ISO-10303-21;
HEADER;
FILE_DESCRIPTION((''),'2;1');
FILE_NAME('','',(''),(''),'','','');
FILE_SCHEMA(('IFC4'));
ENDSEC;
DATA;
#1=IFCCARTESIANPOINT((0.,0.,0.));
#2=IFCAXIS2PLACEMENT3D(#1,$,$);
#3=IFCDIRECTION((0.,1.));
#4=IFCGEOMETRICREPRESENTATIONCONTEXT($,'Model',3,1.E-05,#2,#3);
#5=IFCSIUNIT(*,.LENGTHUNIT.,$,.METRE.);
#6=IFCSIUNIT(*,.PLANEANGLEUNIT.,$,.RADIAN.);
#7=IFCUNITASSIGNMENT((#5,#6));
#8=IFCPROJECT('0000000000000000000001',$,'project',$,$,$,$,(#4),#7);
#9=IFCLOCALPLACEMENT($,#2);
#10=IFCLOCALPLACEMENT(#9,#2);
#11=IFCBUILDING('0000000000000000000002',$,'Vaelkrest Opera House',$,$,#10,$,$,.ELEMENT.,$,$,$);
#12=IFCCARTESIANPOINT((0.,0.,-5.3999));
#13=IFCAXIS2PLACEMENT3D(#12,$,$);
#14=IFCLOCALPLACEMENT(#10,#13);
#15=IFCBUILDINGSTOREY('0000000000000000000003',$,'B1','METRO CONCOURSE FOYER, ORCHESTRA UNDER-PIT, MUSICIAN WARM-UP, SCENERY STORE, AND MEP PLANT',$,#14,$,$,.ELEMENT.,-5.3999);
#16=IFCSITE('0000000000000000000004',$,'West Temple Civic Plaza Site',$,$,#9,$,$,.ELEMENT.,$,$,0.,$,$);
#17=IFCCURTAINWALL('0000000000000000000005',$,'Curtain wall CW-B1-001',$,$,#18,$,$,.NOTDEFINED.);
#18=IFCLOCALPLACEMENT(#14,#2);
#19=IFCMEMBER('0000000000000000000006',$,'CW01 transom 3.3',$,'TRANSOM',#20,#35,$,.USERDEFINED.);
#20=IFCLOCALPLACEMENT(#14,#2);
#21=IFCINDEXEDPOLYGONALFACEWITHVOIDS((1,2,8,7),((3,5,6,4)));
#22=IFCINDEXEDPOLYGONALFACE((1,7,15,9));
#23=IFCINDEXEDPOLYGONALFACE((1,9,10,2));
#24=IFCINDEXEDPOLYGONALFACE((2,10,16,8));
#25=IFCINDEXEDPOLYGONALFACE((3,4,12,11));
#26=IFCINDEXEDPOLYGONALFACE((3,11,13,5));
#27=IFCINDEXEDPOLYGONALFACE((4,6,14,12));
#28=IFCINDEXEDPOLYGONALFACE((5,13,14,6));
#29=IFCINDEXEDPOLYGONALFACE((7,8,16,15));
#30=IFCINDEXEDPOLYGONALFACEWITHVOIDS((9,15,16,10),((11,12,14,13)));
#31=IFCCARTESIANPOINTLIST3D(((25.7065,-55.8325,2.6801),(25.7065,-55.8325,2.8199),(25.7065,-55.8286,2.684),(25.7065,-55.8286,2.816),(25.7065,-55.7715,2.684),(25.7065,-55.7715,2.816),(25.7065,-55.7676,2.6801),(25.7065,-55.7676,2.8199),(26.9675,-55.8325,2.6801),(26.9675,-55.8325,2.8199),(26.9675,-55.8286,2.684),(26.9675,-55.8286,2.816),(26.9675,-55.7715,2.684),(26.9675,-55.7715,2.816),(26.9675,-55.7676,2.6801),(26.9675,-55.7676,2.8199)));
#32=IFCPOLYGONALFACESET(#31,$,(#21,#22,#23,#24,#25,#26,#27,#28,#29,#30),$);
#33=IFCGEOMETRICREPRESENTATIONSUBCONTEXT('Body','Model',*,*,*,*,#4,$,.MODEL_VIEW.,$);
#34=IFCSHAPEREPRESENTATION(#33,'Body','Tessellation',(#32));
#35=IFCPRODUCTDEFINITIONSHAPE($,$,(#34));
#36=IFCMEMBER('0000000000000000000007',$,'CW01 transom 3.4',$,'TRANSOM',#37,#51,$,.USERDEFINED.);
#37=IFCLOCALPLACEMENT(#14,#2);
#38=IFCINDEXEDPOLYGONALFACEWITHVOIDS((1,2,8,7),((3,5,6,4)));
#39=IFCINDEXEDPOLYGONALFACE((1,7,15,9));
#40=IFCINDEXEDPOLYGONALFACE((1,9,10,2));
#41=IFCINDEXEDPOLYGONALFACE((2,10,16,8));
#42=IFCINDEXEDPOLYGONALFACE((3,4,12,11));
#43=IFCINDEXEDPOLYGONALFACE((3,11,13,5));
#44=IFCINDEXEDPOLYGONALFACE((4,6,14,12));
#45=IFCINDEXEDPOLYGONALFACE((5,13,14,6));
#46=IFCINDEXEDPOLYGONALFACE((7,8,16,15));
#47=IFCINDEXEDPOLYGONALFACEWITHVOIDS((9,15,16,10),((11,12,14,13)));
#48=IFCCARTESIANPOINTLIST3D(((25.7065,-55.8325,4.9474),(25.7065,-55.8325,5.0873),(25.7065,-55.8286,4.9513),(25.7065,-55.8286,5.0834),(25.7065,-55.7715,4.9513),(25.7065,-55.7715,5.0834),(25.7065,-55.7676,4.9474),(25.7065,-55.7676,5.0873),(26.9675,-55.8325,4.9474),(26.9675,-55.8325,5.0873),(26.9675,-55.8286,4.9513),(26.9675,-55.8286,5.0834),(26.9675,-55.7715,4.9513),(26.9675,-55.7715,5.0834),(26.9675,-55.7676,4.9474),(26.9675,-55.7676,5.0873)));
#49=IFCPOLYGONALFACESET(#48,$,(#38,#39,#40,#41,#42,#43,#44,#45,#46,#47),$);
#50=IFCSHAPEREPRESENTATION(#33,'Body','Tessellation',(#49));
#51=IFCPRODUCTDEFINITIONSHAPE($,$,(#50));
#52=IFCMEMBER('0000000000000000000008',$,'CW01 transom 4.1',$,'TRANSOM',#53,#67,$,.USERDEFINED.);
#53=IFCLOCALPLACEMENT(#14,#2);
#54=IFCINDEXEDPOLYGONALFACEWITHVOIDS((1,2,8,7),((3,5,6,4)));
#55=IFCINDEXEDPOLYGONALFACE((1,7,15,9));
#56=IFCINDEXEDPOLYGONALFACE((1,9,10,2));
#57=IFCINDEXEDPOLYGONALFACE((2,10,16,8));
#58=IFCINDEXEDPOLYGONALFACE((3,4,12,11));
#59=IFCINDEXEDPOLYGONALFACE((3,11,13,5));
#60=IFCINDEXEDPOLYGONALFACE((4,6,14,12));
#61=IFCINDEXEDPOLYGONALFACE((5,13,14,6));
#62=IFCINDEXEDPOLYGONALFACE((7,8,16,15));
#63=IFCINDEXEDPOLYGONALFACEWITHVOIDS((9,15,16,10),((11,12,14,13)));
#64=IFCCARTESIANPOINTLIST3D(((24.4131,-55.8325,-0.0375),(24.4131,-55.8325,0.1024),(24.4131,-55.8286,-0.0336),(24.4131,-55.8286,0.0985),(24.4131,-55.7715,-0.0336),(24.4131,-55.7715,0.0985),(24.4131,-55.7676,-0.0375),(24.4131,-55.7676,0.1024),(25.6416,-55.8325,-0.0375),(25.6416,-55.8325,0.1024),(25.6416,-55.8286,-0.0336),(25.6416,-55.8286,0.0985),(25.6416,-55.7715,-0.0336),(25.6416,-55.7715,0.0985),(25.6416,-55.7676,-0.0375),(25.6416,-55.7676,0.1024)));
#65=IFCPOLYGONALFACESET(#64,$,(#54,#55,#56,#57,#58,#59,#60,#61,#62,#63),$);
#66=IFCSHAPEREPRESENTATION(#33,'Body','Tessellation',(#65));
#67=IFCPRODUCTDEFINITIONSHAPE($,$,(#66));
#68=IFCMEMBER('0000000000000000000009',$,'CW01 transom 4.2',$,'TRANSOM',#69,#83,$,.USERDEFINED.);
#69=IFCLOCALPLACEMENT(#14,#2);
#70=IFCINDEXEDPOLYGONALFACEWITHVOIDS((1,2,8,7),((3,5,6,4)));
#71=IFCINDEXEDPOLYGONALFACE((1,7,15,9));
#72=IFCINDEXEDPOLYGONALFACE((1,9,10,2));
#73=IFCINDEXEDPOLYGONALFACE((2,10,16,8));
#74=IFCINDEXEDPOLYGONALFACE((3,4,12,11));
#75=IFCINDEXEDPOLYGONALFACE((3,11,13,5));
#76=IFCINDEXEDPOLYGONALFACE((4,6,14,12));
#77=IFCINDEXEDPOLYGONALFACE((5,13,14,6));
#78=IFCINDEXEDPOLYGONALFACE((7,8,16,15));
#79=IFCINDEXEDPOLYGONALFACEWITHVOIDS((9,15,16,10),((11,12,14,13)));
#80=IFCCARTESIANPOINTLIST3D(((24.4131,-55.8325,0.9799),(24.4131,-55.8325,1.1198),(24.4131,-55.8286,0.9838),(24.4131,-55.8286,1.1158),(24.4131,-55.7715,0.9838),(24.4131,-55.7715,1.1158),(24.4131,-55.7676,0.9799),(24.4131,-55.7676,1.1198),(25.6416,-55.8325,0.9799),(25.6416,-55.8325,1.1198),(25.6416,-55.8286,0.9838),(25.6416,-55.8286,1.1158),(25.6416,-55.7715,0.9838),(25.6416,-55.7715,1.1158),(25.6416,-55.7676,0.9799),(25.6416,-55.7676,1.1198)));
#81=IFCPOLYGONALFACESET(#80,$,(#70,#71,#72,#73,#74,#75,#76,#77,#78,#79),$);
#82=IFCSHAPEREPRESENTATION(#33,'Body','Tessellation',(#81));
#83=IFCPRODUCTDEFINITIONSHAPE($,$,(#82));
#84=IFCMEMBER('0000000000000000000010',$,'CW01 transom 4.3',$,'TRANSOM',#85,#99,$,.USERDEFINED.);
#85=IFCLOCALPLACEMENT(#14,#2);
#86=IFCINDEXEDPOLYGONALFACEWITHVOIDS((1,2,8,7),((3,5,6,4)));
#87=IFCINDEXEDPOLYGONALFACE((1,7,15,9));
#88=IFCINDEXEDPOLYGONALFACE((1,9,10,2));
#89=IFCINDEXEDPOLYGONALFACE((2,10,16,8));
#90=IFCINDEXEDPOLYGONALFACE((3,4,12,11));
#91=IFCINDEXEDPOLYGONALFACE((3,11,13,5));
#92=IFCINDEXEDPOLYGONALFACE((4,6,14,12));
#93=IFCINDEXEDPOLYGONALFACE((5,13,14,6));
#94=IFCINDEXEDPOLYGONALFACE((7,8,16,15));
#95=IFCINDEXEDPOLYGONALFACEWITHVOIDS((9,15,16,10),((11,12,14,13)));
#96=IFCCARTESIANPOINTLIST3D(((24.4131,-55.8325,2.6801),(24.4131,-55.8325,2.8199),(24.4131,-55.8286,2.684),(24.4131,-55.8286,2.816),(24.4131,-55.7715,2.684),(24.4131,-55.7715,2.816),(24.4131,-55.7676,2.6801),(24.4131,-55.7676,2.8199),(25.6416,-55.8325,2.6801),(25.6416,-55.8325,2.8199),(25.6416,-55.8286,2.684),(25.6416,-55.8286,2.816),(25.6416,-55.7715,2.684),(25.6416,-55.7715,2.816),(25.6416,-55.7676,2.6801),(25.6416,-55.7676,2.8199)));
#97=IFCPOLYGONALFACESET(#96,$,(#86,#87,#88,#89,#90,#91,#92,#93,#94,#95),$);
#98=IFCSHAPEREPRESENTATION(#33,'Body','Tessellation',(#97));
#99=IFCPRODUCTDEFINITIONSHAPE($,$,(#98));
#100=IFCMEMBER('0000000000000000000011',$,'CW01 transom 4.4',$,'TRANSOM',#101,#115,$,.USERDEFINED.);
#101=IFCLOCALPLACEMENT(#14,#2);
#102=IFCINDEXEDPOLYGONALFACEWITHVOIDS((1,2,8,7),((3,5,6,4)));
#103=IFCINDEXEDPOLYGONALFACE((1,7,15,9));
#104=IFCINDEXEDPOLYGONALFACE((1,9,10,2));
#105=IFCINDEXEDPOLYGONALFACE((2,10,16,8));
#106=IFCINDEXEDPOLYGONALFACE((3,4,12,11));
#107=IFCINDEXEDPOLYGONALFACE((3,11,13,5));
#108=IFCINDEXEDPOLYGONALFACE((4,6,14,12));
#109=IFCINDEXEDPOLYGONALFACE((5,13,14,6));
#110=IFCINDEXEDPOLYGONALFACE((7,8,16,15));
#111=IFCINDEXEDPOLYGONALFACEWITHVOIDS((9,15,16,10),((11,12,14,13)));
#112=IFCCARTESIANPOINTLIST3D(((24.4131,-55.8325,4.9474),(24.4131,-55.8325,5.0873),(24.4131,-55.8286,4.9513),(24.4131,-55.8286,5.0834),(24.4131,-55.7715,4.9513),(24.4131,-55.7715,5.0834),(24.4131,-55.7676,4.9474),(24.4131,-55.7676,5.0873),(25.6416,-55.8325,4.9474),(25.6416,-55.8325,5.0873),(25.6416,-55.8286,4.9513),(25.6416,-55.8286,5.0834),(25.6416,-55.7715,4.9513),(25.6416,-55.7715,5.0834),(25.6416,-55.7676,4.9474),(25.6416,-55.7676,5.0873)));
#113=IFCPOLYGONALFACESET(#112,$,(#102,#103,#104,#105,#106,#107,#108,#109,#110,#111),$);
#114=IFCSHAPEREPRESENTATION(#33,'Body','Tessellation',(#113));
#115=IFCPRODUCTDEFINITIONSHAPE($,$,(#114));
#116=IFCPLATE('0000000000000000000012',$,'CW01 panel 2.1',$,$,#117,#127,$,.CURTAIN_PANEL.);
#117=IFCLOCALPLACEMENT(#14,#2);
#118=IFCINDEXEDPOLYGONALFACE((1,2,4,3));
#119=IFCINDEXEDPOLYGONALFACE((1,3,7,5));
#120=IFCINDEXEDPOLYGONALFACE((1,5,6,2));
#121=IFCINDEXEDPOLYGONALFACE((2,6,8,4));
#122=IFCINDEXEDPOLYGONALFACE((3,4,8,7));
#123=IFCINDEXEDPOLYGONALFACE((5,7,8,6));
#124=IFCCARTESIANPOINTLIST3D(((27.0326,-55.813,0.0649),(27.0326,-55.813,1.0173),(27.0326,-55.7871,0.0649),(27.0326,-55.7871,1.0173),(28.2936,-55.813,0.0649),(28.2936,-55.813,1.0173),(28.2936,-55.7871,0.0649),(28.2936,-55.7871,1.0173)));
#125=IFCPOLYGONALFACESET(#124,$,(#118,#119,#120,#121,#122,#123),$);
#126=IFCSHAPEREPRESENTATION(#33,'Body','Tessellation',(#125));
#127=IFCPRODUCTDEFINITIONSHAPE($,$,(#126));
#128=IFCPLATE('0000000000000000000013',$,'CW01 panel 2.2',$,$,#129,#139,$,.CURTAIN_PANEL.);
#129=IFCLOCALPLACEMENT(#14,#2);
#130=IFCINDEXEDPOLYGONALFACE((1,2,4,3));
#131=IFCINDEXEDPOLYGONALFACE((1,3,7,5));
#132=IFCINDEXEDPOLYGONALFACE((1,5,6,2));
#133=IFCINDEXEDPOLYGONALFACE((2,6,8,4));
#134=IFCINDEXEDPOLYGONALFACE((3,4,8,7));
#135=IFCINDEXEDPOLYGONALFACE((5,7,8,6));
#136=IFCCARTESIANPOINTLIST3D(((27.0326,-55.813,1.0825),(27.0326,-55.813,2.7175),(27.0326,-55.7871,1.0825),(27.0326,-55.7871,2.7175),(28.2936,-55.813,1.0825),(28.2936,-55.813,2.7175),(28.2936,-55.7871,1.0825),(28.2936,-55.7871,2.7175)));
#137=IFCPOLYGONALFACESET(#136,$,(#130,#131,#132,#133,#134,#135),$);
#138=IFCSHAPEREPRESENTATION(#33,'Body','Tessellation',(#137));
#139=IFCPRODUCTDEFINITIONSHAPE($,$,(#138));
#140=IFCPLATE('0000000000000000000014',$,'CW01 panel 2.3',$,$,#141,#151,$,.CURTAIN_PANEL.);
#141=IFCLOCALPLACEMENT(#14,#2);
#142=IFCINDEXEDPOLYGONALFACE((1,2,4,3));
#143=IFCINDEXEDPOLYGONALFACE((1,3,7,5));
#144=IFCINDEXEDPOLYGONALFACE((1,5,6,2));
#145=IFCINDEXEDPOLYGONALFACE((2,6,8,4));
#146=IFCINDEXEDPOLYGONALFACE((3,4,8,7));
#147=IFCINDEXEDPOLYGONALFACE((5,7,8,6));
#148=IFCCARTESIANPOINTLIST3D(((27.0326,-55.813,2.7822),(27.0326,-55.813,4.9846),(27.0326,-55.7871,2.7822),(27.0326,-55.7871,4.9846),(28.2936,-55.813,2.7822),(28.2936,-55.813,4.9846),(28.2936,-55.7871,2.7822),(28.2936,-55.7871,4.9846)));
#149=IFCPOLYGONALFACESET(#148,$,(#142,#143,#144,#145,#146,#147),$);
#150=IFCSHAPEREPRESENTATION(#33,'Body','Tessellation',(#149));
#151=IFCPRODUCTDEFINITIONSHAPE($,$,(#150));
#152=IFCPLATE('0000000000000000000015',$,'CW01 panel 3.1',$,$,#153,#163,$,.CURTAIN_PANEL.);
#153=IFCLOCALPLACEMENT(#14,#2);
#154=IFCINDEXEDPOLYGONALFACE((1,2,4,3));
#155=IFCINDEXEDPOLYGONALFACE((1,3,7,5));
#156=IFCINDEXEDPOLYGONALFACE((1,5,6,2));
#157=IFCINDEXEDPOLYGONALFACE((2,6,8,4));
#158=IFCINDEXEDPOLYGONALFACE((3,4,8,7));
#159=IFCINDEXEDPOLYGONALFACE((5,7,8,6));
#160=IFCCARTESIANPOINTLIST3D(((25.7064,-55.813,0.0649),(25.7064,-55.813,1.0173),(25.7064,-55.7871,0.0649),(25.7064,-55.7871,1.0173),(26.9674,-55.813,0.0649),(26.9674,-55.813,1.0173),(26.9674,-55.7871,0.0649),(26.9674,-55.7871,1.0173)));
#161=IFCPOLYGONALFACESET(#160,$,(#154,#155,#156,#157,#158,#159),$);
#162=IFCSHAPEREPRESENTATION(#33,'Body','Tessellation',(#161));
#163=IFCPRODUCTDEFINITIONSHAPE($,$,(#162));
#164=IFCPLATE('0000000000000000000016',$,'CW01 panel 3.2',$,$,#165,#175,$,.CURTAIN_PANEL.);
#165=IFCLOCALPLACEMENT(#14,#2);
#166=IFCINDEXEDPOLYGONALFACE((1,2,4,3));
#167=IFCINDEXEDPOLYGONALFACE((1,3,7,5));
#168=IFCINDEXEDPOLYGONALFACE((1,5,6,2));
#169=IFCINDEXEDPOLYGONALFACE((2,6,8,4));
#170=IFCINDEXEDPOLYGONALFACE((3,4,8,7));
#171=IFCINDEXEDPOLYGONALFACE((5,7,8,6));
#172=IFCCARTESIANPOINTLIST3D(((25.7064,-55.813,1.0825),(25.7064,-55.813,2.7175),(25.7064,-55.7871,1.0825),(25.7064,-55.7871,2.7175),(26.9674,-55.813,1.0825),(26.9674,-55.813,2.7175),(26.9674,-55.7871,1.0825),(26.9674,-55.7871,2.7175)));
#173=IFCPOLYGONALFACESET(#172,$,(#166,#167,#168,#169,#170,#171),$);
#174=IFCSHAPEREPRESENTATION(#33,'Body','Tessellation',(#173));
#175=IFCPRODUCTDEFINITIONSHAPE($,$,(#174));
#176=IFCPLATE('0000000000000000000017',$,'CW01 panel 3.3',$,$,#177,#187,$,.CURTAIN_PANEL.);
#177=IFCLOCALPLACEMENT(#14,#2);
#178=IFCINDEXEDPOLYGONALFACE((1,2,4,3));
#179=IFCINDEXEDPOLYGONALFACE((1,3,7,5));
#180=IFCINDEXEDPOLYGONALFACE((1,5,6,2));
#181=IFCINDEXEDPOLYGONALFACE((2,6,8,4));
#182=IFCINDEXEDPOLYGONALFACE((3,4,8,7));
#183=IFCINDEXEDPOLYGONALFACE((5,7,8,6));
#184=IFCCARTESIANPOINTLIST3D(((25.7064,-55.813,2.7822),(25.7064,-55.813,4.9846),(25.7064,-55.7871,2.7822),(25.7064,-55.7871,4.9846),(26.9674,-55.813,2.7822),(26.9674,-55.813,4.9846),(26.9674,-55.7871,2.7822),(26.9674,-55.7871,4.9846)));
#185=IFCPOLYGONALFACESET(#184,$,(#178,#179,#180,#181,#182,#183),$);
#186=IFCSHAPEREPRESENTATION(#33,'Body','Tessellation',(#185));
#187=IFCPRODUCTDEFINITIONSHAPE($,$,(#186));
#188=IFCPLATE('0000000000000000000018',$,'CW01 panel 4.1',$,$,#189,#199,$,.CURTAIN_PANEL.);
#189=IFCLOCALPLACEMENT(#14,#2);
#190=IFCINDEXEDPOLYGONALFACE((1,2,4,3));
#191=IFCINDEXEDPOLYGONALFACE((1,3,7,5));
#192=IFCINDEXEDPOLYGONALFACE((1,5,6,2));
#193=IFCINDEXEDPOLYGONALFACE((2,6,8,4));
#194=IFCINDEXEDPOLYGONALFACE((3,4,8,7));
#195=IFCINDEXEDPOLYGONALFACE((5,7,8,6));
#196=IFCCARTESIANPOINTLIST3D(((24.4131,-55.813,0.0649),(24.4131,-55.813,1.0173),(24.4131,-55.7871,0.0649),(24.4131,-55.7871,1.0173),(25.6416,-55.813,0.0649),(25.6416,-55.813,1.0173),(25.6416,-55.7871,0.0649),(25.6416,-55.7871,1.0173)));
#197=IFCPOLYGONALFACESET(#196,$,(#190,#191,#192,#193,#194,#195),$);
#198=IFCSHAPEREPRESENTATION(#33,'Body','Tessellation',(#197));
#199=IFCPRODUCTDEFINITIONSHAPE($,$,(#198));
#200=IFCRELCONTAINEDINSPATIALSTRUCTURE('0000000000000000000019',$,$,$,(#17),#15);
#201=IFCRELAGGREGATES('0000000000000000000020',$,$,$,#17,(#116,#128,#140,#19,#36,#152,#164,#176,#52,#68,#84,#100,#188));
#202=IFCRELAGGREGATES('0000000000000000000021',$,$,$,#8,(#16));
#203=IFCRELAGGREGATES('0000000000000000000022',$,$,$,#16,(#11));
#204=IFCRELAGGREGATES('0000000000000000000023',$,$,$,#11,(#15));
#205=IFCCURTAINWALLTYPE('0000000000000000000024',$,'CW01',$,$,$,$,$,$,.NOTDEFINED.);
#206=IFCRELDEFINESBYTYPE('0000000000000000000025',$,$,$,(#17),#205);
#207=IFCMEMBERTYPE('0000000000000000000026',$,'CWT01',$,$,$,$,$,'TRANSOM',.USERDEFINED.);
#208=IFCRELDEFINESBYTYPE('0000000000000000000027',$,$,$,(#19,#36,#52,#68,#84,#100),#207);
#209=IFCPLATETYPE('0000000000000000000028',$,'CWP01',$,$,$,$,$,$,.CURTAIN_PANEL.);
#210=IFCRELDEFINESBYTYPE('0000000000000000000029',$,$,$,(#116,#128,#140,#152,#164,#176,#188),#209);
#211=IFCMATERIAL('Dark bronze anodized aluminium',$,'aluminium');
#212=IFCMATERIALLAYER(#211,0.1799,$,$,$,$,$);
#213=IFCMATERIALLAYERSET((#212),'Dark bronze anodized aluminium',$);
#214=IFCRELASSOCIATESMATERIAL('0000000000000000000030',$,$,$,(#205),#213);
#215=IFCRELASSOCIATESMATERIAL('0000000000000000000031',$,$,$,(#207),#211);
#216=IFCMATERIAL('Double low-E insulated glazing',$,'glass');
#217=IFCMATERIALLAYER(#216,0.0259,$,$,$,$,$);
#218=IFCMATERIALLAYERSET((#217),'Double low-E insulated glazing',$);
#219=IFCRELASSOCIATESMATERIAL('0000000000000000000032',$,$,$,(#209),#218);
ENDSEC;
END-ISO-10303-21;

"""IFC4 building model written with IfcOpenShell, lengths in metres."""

from ifc_helpers import new_model, si_unit, direction, frame, origin, origin_2d, place, context, subcontext, project, spatial, rectangle, hollow_rectangle, extrude, material, layer, layer_set, material_profile, profile_set, type_object, element, aggregate, save


model = new_model("IFC4")

# Units and contexts
model_context = context("Model", 3, precision=1e-05, world=origin(), true_north=direction((0.0, 1.0)))
body_context = subcontext(model_context, "Body", "Model", "MODEL_VIEW")
ifc_project = project(units=[si_unit("LENGTHUNIT", "METRE"), si_unit("PLANEANGLEUNIT", "RADIAN")], contexts=[model_context])

# Site, building, storey
site_placement = place(None, origin())
site = spatial("IfcSite", under=ifc_project, at=site_placement, Name="West Temple Civic Plaza Site", CompositionType="ELEMENT", RefElevation=0.0)
building_placement = place(site_placement, origin())
building = spatial("IfcBuilding", under=site, at=building_placement, Name="Vaelkrest Opera House", CompositionType="ELEMENT")
storey_placement = place(building_placement, frame((0.0, 0.0, -5.3999)))
storey = spatial("IfcBuildingStorey", under=building, at=storey_placement, Name="B1", Description="METRO CONCOURSE FOYER, ORCHESTRA UNDER-PIT, MUSICIAN WARM-UP, SCENERY STORE, AND MEP PLANT", CompositionType="ELEMENT", Elevation=-5.3999)

# Curtain wall, members, plates
ifc_material_1 = material(Name="Dark bronze anodized aluminium", Category="aluminium")
ifc_layer_1 = layer(ifc_material_1, 0.1799)
ifc_layer_set_1 = layer_set([ifc_layer_1], Name="Dark bronze anodized aluminium")
curtain_wall_type = type_object("IfcCurtainWallType", Name="CW01", PredefinedType="NOTDEFINED", material=ifc_layer_set_1)
curtain_wall_placement = place(storey_placement, origin())
curtain_wall = element("IfcCurtainWall", 1, at=curtain_wall_placement, inside=storey, type_object=curtain_wall_type, Name="Curtain wall CW-B1-001", PredefinedType="NOTDEFINED")
ifc_material_profile_1 = material_profile(ifc_material_1, hollow_rectangle(XDim=0.0649, YDim=0.1399, WallThickness=0.0039, at=origin_2d()), Name="CWT65X140")
ifc_profile_set_1 = profile_set([ifc_material_profile_1], Name="Dark bronze anodized aluminium")
member_type_1 = type_object("IfcMemberType", Name="CWT01", ElementType="TRANSOM", PredefinedType="USERDEFINED", material=ifc_profile_set_1)
member_1_placement = place(storey_placement, frame((26.9675, -55.8, 2.75), z_axis=(-1.0, 0.0, 0.0), x_axis=(0.0, -1.0, 0.0)))
member_1 = element("IfcMember", 2, at=member_1_placement, type_object=member_type_1, Name="CW01 transom 3.3", ObjectType="TRANSOM", PredefinedType="USERDEFINED", context=body_context, shape_type="SweptSolid", body=[
    extrude(hollow_rectangle(XDim=0.0649, YDim=0.1399, WallThickness=0.0039, at=origin_2d()), origin(), (0.0, 0.0, 1.0), 1.261),
])
member_2_placement = place(storey_placement, frame((26.9675, -55.8, 5.0173), z_axis=(-1.0, 0.0, 0.0), x_axis=(0.0, -1.0, 0.0)))
member_2 = element("IfcMember", 3, at=member_2_placement, type_object=member_type_1, Name="CW01 transom 3.4", ObjectType="TRANSOM", PredefinedType="USERDEFINED", context=body_context, shape_type="SweptSolid", body=[
    extrude(hollow_rectangle(XDim=0.0649, YDim=0.1399, WallThickness=0.0039, at=origin_2d()), origin(), (0.0, 0.0, 1.0), 1.261),
])
member_3_placement = place(storey_placement, frame((25.6416, -55.8, 0.0325), z_axis=(-1.0, 0.0, 0.0), x_axis=(0.0, -1.0, 0.0)))
member_3 = element("IfcMember", 4, at=member_3_placement, type_object=member_type_1, Name="CW01 transom 4.1", ObjectType="TRANSOM", PredefinedType="USERDEFINED", context=body_context, shape_type="SweptSolid", body=[
    extrude(hollow_rectangle(XDim=0.0649, YDim=0.1399, WallThickness=0.0039, at=origin_2d()), origin(), (0.0, 0.0, 1.0), 1.2285),
])
member_4_placement = place(storey_placement, frame((25.6416, -55.8, 1.0498), z_axis=(-1.0, 0.0, 0.0), x_axis=(0.0, -1.0, 0.0)))
member_4 = element("IfcMember", 5, at=member_4_placement, type_object=member_type_1, Name="CW01 transom 4.2", ObjectType="TRANSOM", PredefinedType="USERDEFINED", context=body_context, shape_type="SweptSolid", body=[
    extrude(hollow_rectangle(XDim=0.0649, YDim=0.1399, WallThickness=0.0039, at=origin_2d()), origin(), (0.0, 0.0, 1.0), 1.2285),
])
member_5_placement = place(storey_placement, frame((25.6416, -55.8, 2.75), z_axis=(-1.0, 0.0, 0.0), x_axis=(0.0, -1.0, 0.0)))
member_5 = element("IfcMember", 6, at=member_5_placement, type_object=member_type_1, Name="CW01 transom 4.3", ObjectType="TRANSOM", PredefinedType="USERDEFINED", context=body_context, shape_type="SweptSolid", body=[
    extrude(hollow_rectangle(XDim=0.0649, YDim=0.1399, WallThickness=0.0039, at=origin_2d()), origin(), (0.0, 0.0, 1.0), 1.2285),
])
member_6_placement = place(storey_placement, frame((25.6416, -55.8, 5.0173), z_axis=(-1.0, 0.0, 0.0), x_axis=(0.0, -1.0, 0.0)))
member_6 = element("IfcMember", 7, at=member_6_placement, type_object=member_type_1, Name="CW01 transom 4.4", ObjectType="TRANSOM", PredefinedType="USERDEFINED", context=body_context, shape_type="SweptSolid", body=[
    extrude(hollow_rectangle(XDim=0.0649, YDim=0.1399, WallThickness=0.0039, at=origin_2d()), origin(), (0.0, 0.0, 1.0), 1.2285),
])
ifc_material_2 = material(Name="Double low-E insulated glazing", Category="glass")
ifc_layer_2 = layer(ifc_material_2, 0.0259)
ifc_layer_set_2 = layer_set([ifc_layer_2], Name="Double low-E insulated glazing")
plate_type = type_object("IfcPlateType", Name="CWP01", PredefinedType="CURTAIN_PANEL", material=ifc_layer_set_2)
plate_1_placement = place(storey_placement, frame((27.6631, -55.8, 0.0649), z_axis=(0.0, 0.0, 1.0), x_axis=(-1.0, 0.0, 0.0)))
plate_1 = element("IfcPlate", 8, at=plate_1_placement, type_object=plate_type, Name="CW01 panel 2.1", PredefinedType="CURTAIN_PANEL", context=body_context, shape_type="SweptSolid", body=[
    extrude(rectangle(XDim=1.261, YDim=0.0259, at=origin_2d()), origin(), (0.0, 0.0, 1.0), 0.9524),
])
plate_2_placement = place(storey_placement, frame((27.6631, -55.8, 1.0825), z_axis=(0.0, 0.0, 1.0), x_axis=(-1.0, 0.0, 0.0)))
plate_2 = element("IfcPlate", 9, at=plate_2_placement, type_object=plate_type, Name="CW01 panel 2.2", PredefinedType="CURTAIN_PANEL", context=body_context, shape_type="SweptSolid", body=[
    extrude(rectangle(XDim=1.261, YDim=0.0259, at=origin_2d()), origin(), (0.0, 0.0, 1.0), 1.635),
])
plate_3_placement = place(storey_placement, frame((27.6631, -55.8, 2.7822), z_axis=(0.0, 0.0, 1.0), x_axis=(-1.0, 0.0, 0.0)))
plate_3 = element("IfcPlate", 10, at=plate_3_placement, type_object=plate_type, Name="CW01 panel 2.3", PredefinedType="CURTAIN_PANEL", context=body_context, shape_type="SweptSolid", body=[
    extrude(rectangle(XDim=1.261, YDim=0.0259, at=origin_2d()), origin(), (0.0, 0.0, 1.0), 2.2024),
])
plate_4_placement = place(storey_placement, frame((26.3369, -55.8, 0.0649), z_axis=(0.0, 0.0, 1.0), x_axis=(-1.0, 0.0, 0.0)))
plate_4 = element("IfcPlate", 11, at=plate_4_placement, type_object=plate_type, Name="CW01 panel 3.1", PredefinedType="CURTAIN_PANEL", context=body_context, shape_type="SweptSolid", body=[
    extrude(rectangle(XDim=1.261, YDim=0.0259, at=origin_2d()), origin(), (0.0, 0.0, 1.0), 0.9524),
])
plate_5_placement = place(storey_placement, frame((26.3369, -55.8, 1.0825), z_axis=(0.0, 0.0, 1.0), x_axis=(-1.0, 0.0, 0.0)))
plate_5 = element("IfcPlate", 12, at=plate_5_placement, type_object=plate_type, Name="CW01 panel 3.2", PredefinedType="CURTAIN_PANEL", context=body_context, shape_type="SweptSolid", body=[
    extrude(rectangle(XDim=1.261, YDim=0.0259, at=origin_2d()), origin(), (0.0, 0.0, 1.0), 1.635),
])
plate_6_placement = place(storey_placement, frame((26.3369, -55.8, 2.7822), z_axis=(0.0, 0.0, 1.0), x_axis=(-1.0, 0.0, 0.0)))
plate_6 = element("IfcPlate", 13, at=plate_6_placement, type_object=plate_type, Name="CW01 panel 3.3", PredefinedType="CURTAIN_PANEL", context=body_context, shape_type="SweptSolid", body=[
    extrude(rectangle(XDim=1.261, YDim=0.0259, at=origin_2d()), origin(), (0.0, 0.0, 1.0), 2.2024),
])
plate_7_placement = place(storey_placement, frame((25.0273, -55.8, 0.0649), z_axis=(0.0, 0.0, 1.0), x_axis=(-1.0, 0.0, 0.0)))
plate_7 = element("IfcPlate", 14, at=plate_7_placement, type_object=plate_type, Name="CW01 panel 4.1", PredefinedType="CURTAIN_PANEL", context=body_context, shape_type="SweptSolid", body=[
    extrude(rectangle(XDim=1.2285, YDim=0.0259, at=origin_2d()), origin(), (0.0, 0.0, 1.0), 0.9524),
])
aggregate(curtain_wall, [plate_1, plate_2, plate_3, member_1, member_2, plate_4, plate_5, plate_6, member_3, member_4, member_5, member_6, plate_7])

save(model, "model.ifc")
